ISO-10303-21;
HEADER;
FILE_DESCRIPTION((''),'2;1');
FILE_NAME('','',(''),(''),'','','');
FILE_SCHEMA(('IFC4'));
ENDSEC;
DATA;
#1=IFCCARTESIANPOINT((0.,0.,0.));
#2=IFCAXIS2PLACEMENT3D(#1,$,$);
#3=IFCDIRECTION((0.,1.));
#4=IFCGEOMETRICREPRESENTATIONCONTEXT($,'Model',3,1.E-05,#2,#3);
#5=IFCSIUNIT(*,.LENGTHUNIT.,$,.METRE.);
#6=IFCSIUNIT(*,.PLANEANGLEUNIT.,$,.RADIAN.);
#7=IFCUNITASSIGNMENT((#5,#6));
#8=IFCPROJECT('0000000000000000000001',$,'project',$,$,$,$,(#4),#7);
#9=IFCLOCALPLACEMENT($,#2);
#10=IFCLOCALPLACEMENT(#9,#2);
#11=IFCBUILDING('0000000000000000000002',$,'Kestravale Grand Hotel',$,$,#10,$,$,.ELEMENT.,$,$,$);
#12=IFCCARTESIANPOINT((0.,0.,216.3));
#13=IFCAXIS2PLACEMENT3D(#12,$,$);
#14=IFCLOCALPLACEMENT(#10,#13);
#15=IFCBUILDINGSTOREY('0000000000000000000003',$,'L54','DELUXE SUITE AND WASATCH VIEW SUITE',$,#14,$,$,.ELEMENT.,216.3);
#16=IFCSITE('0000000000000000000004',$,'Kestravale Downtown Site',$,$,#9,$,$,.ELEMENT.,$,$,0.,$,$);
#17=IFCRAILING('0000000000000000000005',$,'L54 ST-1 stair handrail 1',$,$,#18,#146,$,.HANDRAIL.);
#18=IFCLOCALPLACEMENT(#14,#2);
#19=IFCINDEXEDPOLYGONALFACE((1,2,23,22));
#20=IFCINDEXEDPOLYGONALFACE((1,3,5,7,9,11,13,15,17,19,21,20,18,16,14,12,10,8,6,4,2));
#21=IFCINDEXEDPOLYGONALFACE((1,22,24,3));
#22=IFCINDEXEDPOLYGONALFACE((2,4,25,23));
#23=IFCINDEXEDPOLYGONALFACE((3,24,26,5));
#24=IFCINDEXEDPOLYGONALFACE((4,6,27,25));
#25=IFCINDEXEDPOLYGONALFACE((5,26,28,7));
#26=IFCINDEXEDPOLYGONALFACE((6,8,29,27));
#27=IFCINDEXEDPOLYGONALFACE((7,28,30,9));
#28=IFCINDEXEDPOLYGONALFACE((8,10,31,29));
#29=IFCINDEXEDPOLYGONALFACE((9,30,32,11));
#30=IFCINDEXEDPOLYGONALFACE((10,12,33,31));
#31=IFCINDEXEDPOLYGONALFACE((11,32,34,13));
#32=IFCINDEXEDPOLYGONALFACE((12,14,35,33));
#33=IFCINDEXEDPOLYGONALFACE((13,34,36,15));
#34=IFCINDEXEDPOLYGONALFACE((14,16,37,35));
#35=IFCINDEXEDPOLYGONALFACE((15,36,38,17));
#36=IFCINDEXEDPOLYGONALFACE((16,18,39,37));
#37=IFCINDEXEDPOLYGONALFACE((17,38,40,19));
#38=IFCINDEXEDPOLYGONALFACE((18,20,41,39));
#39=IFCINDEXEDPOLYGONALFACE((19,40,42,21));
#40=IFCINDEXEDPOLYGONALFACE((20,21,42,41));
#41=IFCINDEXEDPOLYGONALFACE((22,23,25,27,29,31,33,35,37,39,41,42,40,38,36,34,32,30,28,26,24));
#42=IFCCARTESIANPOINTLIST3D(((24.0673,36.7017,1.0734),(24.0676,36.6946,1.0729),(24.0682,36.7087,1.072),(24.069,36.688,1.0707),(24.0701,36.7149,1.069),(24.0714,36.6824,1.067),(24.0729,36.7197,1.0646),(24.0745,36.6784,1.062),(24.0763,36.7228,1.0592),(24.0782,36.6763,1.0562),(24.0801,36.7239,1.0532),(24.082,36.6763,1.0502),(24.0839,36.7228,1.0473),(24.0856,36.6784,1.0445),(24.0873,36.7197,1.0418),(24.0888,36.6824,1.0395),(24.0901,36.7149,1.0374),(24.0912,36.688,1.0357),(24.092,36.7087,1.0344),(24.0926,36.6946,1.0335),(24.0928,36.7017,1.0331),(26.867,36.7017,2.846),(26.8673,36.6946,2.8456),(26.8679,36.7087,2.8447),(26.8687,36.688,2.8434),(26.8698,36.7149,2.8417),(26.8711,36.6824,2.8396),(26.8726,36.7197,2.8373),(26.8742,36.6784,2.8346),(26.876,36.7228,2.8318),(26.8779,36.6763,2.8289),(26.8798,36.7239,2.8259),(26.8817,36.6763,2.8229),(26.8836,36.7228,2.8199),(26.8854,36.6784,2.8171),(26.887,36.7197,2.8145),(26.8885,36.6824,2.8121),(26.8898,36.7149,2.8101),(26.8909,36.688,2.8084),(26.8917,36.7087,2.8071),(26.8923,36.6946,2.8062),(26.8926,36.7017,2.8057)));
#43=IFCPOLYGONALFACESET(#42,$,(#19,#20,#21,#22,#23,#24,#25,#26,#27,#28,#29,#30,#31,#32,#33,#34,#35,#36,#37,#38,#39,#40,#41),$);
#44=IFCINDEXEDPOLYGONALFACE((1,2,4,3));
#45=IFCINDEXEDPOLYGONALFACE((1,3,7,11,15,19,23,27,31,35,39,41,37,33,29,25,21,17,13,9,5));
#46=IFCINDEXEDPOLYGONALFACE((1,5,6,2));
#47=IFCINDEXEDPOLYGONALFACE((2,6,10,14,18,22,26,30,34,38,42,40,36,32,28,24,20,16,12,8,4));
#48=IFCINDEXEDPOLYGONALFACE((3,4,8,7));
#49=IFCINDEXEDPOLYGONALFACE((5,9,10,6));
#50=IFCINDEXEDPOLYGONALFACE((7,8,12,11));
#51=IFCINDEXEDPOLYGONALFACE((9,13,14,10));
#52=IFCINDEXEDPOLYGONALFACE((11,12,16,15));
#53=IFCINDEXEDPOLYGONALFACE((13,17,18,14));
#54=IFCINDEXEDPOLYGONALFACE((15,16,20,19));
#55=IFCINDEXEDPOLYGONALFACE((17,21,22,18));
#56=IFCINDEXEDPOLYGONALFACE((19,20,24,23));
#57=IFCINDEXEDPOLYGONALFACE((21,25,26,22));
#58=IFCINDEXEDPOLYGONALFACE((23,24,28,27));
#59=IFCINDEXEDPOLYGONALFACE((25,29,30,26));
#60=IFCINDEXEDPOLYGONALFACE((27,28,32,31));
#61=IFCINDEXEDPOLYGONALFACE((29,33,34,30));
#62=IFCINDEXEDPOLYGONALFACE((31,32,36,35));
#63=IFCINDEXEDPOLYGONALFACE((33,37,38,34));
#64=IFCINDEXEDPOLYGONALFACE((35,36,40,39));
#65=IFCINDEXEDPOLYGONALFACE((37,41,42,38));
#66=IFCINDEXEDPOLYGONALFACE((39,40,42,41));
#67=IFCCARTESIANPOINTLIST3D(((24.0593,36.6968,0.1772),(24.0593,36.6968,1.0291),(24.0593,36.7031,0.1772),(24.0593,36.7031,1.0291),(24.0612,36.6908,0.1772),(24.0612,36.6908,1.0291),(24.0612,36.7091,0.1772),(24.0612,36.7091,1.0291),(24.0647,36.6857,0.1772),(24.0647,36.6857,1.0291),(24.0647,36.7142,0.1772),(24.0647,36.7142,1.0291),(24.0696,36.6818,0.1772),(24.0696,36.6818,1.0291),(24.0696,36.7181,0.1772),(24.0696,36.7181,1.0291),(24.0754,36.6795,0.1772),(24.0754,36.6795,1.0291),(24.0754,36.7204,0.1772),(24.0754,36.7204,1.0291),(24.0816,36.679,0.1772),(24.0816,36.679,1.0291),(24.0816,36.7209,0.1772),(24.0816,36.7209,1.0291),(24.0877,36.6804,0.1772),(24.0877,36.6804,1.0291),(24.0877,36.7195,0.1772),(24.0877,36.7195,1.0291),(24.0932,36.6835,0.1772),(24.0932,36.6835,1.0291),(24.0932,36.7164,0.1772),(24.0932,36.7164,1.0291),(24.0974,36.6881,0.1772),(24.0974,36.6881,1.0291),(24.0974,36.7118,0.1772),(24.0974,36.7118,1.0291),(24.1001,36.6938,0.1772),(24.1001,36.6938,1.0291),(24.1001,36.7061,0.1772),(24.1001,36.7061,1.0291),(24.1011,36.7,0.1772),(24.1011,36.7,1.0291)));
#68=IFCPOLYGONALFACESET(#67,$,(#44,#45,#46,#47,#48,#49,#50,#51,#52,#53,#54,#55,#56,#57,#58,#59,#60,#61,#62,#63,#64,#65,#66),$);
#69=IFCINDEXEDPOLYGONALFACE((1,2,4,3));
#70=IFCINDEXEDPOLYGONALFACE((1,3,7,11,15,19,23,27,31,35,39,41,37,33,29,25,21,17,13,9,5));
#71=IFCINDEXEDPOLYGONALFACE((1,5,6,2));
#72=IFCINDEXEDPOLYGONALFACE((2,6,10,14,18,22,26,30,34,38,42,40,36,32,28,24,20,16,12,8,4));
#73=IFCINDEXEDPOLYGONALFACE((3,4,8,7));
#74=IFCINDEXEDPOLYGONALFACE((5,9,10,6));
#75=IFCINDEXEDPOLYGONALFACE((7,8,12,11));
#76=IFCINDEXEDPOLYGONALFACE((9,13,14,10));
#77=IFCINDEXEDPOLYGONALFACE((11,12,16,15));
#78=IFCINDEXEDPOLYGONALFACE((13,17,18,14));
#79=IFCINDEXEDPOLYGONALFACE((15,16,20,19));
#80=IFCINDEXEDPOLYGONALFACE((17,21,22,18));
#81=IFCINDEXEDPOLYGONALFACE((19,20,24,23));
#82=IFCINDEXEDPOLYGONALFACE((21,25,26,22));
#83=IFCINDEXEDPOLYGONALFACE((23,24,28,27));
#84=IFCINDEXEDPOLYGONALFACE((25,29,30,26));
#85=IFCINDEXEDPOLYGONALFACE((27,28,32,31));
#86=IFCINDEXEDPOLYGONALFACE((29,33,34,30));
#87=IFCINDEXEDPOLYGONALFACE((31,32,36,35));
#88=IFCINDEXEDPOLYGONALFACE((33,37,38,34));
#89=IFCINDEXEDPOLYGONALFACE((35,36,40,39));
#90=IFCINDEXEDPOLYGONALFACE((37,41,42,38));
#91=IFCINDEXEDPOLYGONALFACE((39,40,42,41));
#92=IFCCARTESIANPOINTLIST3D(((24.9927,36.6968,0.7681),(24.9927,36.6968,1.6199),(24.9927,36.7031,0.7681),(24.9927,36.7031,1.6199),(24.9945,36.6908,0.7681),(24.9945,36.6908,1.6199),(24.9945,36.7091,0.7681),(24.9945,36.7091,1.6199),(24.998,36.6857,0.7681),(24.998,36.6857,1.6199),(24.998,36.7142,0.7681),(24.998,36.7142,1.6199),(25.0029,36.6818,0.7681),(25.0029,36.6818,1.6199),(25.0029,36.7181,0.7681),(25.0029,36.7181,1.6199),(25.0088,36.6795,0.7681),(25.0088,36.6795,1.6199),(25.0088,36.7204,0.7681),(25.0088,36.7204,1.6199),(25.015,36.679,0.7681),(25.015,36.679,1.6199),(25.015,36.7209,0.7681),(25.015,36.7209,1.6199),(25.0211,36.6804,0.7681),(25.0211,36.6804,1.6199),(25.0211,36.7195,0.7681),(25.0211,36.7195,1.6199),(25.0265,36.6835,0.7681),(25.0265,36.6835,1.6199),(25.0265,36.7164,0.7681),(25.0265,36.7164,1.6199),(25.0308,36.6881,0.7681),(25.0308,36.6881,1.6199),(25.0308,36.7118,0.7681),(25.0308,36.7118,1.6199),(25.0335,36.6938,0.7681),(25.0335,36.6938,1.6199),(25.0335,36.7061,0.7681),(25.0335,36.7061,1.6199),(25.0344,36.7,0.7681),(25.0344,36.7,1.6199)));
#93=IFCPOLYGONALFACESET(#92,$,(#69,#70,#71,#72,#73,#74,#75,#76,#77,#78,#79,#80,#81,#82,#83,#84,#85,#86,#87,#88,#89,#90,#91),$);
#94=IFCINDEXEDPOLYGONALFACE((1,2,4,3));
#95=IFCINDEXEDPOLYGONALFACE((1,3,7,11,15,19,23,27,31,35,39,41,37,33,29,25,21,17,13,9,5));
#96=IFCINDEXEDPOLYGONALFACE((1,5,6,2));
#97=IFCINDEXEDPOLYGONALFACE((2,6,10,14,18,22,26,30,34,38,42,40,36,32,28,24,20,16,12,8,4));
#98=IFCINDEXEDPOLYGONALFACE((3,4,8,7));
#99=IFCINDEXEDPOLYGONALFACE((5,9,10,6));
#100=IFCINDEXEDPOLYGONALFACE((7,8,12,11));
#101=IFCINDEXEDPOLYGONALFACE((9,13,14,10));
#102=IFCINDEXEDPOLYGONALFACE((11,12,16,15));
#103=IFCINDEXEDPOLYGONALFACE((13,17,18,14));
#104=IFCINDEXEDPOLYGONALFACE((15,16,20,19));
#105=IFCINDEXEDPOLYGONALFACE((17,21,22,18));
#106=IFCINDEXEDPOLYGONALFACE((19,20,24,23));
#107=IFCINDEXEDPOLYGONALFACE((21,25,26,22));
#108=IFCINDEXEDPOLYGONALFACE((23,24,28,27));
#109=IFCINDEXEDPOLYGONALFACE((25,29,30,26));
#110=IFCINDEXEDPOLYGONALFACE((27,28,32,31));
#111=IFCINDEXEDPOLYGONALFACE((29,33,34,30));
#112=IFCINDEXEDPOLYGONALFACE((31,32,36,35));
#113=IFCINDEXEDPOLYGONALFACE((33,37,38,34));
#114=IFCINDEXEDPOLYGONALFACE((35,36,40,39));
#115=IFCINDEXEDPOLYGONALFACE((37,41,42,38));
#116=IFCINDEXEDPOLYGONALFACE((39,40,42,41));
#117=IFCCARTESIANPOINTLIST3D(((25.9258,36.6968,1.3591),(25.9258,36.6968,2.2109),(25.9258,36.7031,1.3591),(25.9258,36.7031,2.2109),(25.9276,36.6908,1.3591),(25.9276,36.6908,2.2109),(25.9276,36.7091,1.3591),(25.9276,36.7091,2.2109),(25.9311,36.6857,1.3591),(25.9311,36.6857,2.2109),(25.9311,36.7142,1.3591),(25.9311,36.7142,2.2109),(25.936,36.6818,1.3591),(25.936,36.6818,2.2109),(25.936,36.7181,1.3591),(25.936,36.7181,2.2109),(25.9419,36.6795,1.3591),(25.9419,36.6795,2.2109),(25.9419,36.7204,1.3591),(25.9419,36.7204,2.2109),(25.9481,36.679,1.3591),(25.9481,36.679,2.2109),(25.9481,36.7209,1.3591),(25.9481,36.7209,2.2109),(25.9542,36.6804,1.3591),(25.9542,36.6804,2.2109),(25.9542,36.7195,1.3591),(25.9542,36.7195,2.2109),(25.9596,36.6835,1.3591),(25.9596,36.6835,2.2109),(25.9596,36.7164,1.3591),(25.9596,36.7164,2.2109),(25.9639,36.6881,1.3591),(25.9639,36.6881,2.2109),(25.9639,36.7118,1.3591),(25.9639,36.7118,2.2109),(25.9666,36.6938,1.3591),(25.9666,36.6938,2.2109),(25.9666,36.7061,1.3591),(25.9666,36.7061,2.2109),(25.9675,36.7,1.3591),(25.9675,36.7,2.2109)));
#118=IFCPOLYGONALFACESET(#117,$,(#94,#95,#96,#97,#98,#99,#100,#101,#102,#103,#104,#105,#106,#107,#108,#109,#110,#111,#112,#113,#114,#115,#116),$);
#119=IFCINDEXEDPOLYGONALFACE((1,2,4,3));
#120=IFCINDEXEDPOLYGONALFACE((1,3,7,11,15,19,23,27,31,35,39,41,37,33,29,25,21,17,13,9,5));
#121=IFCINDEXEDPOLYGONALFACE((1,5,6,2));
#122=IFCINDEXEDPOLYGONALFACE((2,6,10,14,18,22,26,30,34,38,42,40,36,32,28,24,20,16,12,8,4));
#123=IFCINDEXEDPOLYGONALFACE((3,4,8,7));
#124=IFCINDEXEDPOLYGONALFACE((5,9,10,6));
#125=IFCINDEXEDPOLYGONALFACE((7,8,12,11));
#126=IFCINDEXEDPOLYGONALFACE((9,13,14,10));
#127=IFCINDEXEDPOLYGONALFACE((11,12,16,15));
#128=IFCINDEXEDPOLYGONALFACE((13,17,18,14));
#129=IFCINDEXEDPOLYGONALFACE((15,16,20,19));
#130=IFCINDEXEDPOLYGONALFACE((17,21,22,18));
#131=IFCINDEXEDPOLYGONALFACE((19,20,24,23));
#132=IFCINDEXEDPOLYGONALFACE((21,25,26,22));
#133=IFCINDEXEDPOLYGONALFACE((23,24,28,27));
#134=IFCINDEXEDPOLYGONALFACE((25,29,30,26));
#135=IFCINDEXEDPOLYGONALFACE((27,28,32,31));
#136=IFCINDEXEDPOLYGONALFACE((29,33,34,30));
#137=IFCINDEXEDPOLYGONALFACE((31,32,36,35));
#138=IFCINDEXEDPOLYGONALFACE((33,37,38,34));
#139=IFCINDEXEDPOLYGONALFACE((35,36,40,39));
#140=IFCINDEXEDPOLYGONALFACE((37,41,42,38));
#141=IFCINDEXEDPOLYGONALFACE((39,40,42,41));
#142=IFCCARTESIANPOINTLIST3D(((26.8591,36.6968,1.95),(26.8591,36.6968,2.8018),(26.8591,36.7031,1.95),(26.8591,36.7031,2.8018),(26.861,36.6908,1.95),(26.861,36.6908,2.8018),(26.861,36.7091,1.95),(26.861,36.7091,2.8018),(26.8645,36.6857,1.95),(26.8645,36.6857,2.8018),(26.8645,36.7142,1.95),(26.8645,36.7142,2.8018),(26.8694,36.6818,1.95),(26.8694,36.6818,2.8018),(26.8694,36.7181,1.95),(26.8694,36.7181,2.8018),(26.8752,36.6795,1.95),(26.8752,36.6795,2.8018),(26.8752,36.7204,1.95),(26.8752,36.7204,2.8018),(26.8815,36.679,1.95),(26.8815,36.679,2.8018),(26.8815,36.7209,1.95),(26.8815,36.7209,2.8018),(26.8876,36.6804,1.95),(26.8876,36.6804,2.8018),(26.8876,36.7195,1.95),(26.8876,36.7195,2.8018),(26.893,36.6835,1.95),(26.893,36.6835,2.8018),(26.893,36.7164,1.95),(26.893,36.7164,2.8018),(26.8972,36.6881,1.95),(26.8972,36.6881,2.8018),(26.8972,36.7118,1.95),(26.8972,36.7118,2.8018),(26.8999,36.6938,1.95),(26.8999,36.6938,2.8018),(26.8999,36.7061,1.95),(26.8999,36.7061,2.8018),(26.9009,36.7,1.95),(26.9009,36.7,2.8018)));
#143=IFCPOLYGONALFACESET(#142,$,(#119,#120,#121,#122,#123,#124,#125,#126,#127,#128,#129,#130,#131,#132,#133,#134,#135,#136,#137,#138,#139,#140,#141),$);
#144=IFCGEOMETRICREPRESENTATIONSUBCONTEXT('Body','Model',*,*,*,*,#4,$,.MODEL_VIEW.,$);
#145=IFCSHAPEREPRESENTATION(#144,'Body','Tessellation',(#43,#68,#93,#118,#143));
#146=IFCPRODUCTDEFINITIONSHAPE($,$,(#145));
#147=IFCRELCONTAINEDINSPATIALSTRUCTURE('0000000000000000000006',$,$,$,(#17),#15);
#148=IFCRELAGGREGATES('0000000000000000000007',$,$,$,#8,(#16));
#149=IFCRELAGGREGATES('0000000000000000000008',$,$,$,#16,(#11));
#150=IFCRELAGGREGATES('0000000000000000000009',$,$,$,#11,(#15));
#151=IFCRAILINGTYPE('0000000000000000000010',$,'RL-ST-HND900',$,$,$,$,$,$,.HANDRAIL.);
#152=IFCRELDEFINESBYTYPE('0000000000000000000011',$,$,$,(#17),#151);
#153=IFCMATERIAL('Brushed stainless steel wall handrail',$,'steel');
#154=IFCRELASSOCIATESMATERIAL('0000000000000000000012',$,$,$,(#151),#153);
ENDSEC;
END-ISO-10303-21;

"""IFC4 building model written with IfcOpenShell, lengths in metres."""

from ifc_helpers import new_model, si_unit, direction, frame, origin, origin_2d, place, context, subcontext, project, spatial, circle, extrude, material, type_object, element, save


model = new_model("IFC4")

# Units and contexts
model_context = context("Model", 3, precision=1e-05, world=origin(), true_north=direction((0.0, 1.0)))
body_context = subcontext(model_context, "Body", "Model", "MODEL_VIEW")
ifc_project = project(units=[si_unit("LENGTHUNIT", "METRE"), si_unit("PLANEANGLEUNIT", "RADIAN")], contexts=[model_context])

# Site, building, storey
site_placement = place(None, origin())
site = spatial("IfcSite", under=ifc_project, at=site_placement, Name="Kestravale Downtown Site", CompositionType="ELEMENT", RefElevation=0.0)
building_placement = place(site_placement, origin())
building = spatial("IfcBuilding", under=site, at=building_placement, Name="Kestravale Grand Hotel", CompositionType="ELEMENT")
storey_placement = place(building_placement, frame((0.0, 0.0, 216.3)))
storey = spatial("IfcBuildingStorey", under=building, at=storey_placement, Name="L54", Description="DELUXE SUITE AND WASATCH VIEW SUITE", CompositionType="ELEMENT", Elevation=216.3)

# Railing
ifc_material_1 = material(Name="Brushed stainless steel wall handrail", Category="steel")
railing_type_1 = type_object("IfcRailingType", Name="RL-ST-HND900", PredefinedType="HANDRAIL", material=ifc_material_1)
railing_1_placement = place(storey_placement, frame((24.0801, 36.7, 0.1772)))
element("IfcRailing", 1, at=railing_1_placement, inside=storey, type_object=railing_type_1, Name="L54 ST-1 stair handrail 1", PredefinedType="HANDRAIL", context=body_context, shape_type="SweptSolid", body=[
    extrude(circle(Radius=0.0239, at=origin_2d()), frame((0.0, 0.0, 0.876), z_axis=(0.844888, 0.0, 0.534943), x_axis=(0.0, 1.0, 0.0)), (0.0, 0.0, 1.0), 3.3137),
    extrude(circle(Radius=0.021, at=origin_2d()), origin(), (0.0, 0.0, 1.0), 0.8518),
    extrude(circle(Radius=0.021, at=origin_2d()), frame((0.9333, 0.0, 0.5908)), (0.0, 0.0, 1.0), 0.8518),
    extrude(circle(Radius=0.021, at=origin_2d()), frame((1.8665, 0.0, 1.1819)), (0.0, 0.0, 1.0), 0.8518),
    extrude(circle(Radius=0.021, at=origin_2d()), frame((2.7998, 0.0, 1.7727)), (0.0, 0.0, 1.0), 0.8518),
])

save(model, "model.ifc")
